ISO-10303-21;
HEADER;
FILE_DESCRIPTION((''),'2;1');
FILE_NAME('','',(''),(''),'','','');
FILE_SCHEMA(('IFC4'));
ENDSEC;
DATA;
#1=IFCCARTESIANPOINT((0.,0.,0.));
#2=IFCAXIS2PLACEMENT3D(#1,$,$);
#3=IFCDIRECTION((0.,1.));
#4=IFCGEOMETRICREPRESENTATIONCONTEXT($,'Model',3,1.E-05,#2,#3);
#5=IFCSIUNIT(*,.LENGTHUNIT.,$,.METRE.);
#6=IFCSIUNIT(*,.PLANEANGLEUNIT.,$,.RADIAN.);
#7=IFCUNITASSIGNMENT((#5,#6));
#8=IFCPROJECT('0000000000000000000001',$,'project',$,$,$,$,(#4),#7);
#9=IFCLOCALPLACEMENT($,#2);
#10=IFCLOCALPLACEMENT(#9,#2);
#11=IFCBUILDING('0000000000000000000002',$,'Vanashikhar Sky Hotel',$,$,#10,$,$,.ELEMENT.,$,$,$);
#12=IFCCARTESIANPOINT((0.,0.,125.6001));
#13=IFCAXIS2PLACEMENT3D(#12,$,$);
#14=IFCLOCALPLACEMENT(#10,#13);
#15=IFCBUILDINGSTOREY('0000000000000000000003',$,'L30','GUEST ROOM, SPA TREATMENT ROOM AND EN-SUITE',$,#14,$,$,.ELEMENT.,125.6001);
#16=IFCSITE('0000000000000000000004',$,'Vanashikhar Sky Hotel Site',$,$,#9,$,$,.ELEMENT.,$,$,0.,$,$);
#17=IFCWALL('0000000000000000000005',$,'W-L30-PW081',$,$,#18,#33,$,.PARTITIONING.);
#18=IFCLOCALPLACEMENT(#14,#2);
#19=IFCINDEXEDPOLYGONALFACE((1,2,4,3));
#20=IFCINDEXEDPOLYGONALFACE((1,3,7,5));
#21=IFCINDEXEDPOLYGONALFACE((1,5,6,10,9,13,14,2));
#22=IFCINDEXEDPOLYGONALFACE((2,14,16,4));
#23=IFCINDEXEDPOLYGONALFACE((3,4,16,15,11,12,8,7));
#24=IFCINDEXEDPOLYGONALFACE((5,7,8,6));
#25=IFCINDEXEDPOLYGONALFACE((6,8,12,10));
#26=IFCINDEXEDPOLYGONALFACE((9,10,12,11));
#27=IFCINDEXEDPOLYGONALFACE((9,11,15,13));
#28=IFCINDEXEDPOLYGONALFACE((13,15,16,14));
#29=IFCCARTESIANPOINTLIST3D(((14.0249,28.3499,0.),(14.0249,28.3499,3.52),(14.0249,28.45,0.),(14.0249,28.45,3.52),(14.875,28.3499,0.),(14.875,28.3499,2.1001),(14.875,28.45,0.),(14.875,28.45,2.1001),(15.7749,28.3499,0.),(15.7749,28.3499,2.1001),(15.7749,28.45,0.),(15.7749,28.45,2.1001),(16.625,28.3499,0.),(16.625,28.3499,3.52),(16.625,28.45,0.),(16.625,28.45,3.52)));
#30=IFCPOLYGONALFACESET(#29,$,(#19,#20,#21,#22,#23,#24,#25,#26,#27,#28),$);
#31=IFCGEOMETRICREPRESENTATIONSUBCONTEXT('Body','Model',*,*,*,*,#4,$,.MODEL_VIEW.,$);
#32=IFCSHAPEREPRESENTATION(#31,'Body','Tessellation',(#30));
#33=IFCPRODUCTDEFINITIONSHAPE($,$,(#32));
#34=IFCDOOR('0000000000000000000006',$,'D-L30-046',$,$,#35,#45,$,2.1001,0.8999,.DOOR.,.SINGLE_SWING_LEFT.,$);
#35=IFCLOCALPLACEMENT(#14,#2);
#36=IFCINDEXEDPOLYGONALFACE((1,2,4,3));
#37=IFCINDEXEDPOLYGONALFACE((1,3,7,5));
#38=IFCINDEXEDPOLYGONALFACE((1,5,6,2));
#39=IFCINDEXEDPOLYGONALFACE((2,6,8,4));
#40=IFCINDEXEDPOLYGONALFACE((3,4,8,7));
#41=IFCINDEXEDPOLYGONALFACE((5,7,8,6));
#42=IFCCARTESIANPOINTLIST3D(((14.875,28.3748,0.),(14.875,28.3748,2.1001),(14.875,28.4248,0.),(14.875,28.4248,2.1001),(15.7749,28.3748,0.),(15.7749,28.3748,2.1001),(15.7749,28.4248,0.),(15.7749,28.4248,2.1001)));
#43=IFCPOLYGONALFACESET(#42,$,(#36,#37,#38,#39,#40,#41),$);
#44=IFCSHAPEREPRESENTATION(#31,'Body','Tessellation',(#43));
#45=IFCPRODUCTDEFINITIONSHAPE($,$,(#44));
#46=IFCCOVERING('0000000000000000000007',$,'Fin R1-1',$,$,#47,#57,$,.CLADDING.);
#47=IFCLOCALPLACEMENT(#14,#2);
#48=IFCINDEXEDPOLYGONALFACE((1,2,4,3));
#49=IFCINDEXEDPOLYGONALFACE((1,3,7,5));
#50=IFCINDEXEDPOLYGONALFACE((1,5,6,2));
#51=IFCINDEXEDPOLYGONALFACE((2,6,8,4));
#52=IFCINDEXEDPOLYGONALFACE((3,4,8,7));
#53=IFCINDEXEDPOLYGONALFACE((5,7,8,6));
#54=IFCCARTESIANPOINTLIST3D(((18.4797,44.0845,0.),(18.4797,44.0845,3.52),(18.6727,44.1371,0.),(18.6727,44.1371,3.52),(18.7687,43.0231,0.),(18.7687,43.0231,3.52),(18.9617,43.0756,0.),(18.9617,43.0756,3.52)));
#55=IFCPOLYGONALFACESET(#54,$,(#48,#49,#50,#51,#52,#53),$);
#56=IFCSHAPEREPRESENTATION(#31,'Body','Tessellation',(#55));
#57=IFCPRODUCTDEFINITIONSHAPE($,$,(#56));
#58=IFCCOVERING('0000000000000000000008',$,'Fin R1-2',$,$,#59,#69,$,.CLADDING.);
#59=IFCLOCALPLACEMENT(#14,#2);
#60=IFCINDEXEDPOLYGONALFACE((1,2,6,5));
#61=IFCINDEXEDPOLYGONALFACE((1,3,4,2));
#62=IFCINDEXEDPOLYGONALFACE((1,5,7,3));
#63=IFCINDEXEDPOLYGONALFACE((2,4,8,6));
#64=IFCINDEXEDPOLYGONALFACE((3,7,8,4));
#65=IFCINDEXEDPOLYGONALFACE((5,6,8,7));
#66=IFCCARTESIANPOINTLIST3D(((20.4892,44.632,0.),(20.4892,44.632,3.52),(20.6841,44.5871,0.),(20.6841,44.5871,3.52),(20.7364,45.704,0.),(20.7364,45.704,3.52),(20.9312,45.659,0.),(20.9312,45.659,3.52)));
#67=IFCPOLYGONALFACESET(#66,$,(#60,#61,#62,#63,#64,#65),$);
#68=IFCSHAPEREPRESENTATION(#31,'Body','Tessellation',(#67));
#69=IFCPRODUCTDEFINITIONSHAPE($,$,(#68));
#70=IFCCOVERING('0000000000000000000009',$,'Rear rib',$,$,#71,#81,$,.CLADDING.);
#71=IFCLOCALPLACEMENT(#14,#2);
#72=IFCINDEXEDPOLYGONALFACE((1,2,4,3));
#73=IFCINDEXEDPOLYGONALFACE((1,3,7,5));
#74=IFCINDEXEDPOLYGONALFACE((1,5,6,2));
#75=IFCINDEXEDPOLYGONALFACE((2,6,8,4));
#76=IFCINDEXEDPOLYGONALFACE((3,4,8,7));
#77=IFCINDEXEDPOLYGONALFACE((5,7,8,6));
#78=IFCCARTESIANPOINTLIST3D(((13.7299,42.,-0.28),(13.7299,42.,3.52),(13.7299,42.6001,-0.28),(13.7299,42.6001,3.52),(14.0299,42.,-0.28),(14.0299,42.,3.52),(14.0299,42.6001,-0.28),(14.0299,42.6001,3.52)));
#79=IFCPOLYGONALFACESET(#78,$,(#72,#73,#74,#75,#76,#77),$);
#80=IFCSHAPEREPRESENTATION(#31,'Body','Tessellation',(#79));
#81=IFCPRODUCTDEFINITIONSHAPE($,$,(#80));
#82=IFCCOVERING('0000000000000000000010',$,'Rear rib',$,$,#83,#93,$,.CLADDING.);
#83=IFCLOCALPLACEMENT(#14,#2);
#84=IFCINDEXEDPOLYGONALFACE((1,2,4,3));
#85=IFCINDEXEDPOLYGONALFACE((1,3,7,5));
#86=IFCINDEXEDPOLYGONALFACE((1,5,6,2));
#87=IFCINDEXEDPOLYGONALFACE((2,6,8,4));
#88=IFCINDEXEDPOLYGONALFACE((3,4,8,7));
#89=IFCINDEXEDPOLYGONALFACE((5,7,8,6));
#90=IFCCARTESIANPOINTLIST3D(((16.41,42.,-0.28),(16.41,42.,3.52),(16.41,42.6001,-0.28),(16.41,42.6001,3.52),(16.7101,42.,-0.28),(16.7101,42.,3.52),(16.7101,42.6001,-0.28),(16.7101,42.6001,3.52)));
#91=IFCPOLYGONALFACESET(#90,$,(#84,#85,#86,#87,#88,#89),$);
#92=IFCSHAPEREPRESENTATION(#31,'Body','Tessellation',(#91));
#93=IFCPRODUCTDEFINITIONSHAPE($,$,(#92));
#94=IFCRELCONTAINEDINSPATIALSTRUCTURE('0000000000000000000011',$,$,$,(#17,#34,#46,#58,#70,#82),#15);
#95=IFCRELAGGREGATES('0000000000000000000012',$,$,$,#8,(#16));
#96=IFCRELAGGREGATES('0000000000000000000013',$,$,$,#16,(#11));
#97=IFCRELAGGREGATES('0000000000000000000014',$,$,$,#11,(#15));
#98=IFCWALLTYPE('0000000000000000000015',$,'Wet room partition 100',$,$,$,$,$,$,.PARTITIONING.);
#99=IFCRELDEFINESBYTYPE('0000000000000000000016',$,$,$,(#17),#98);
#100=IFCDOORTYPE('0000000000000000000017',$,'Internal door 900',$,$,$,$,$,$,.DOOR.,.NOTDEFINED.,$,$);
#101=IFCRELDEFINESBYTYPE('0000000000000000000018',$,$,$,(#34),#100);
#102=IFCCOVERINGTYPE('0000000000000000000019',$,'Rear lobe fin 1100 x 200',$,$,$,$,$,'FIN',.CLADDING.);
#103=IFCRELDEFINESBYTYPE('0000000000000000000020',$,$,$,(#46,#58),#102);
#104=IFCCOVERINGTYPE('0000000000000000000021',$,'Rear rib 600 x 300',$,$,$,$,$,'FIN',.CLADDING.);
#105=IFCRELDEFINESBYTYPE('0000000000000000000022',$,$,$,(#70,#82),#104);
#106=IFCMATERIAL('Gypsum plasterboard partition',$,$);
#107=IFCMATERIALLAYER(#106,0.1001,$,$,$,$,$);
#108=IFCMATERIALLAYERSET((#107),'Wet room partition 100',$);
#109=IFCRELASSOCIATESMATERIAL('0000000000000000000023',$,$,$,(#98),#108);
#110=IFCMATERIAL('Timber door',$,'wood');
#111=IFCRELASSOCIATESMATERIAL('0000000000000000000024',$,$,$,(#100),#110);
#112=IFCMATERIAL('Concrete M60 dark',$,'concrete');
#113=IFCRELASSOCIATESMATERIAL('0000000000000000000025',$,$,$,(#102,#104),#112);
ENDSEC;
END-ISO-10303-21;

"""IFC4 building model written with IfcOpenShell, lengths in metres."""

from ifc_helpers import new_model, si_unit, direction, frame, frame_2d, origin, origin_2d, place, context, subcontext, project, spatial, rectangle, extrude, source, transform, mapped, material, layer, layer_set, material_profile, profile_set, type_object, element, fill, save


model = new_model("IFC4")

# Units and contexts
model_context = context("Model", 3, precision=1e-05, world=origin(), true_north=direction((0.0, 1.0)))
body_context = subcontext(model_context, "Body", "Model", "MODEL_VIEW")
ifc_project = project(units=[si_unit("LENGTHUNIT", "METRE"), si_unit("PLANEANGLEUNIT", "RADIAN")], contexts=[model_context])

# Site, building, storey
site_placement = place(None, origin())
site = spatial("IfcSite", under=ifc_project, at=site_placement, Name="Vanashikhar Sky Hotel Site", CompositionType="ELEMENT", RefElevation=0.0)
building_placement = place(site_placement, origin())
building = spatial("IfcBuilding", under=site, at=building_placement, Name="Vanashikhar Sky Hotel", CompositionType="ELEMENT")
storey_placement = place(building_placement, frame((0.0, 0.0, 125.6001)))
storey = spatial("IfcBuildingStorey", under=building, at=storey_placement, Name="L30", Description="GUEST ROOM, SPA TREATMENT ROOM AND EN-SUITE", CompositionType="ELEMENT", Elevation=125.6001)

# Wall, opening, door
ifc_material_1 = material(Name="Gypsum plasterboard partition")
ifc_layer_1 = layer(ifc_material_1, 0.1001)
ifc_layer_set_1 = layer_set([ifc_layer_1], Name="Wet room partition 100")
wall_type_1 = type_object("IfcWallType", Name="Wet room partition 100", PredefinedType="PARTITIONING", material=ifc_layer_set_1)
shared_shape_1 = source(origin(), body_context, "Body", "SweptSolid", [
    extrude(rectangle(XDim=2.6001, YDim=0.1001, at=frame_2d((1.3, 0.0))), origin(), (0.0, 0.0, 1.0), 3.52),
])
wall_1_placement = place(storey_placement, frame((14.0249, 28.3999, 0.0), z_axis=(0.0, 0.0, 1.0), x_axis=(1.0, 0.0, 0.0)))
wall_1 = element("IfcWall", 1, at=wall_1_placement, inside=storey, type_object=wall_type_1, Name="W-L30-PW081", PredefinedType="PARTITIONING", context=body_context, shape_type="MappedRepresentation", body=[
    mapped(shared_shape_1, transform((0.0, 0.0, 0.0), scale=1.0)),
])
shared_shape_2 = source(origin(), body_context, "Body", "SweptSolid", [
    extrude(rectangle(XDim=0.8999, YDim=2.1001, at=frame_2d((0.45, 1.05))), frame((0.0, 0.0601, 0.0), z_axis=(0.0, -1.0, 0.0), x_axis=(1.0, 0.0, 0.0)), (0.0, 0.0, 1.0), 0.1201),
])
opening_1_placement = place(wall_1_placement, frame((0.8501, 0.0, 0.0)))
opening_1 = element("IfcOpeningElement", 2, at=opening_1_placement, cuts=wall_1, PredefinedType="OPENING", context=body_context, shape_type="MappedRepresentation", body=[
    mapped(shared_shape_2, transform((0.0, 0.0, 0.0), scale=1.0)),
])
ifc_material_2 = material(Name="Timber door", Category="wood")
door_type_1 = type_object("IfcDoorType", Name="Internal door 900", OperationType="NOTDEFINED", PredefinedType="DOOR", material=ifc_material_2)
shared_shape_3 = source(origin(), body_context, "Body", "SweptSolid", [
    extrude(rectangle(XDim=0.8999, YDim=2.1001, at=frame_2d((0.45, 1.05))), frame((0.0, 0.0249, 0.0), z_axis=(0.0, -1.0, 0.0), x_axis=(1.0, 0.0, 0.0)), (0.0, 0.0, 1.0), 0.05),
])
door_1_placement = place(opening_1_placement, origin())
door_1 = element("IfcDoor", 3, at=door_1_placement, inside=storey, type_object=door_type_1, Name="D-L30-046", OperationType="SINGLE_SWING_LEFT", OverallHeight=2.1001, OverallWidth=0.8999, PredefinedType="DOOR", context=body_context, shape_type="MappedRepresentation", body=[
    mapped(shared_shape_3, transform((0.0, 0.0, 0.0), scale=1.0)),
])
fill(opening_1, door_1)

# Coverings
ifc_material_3 = material(Name="Concrete M60 dark", Category="concrete")
ifc_material_profile_1 = material_profile(ifc_material_3, rectangle(XDim=1.1001, YDim=0.2, at=origin_2d()))
ifc_profile_set_1 = profile_set([ifc_material_profile_1], Name="Rear lobe fin 1100 x 200")
covering_type_1 = type_object("IfcCoveringType", Name="Rear lobe fin 1100 x 200", ElementType="FIN", PredefinedType="CLADDING", material=ifc_profile_set_1)
shared_shape_4 = source(origin(), body_context, "Body", "SweptSolid", [
    extrude(rectangle(XDim=1.1001, YDim=0.2, at=origin_2d()), origin(), (0.0, 0.0, 1.0), 3.52),
])
for number, where, z_axis, x_axis, name in (
    (4, (18.7207, 43.5801, 0.0), (0.0, 0.0, 1.0), (-0.262711, 0.964874, 0.0), "Fin R1-1"),
    (5, (20.7102, 45.1455, 0.0), (0.0, 0.0, 1.0), (0.224645, 0.974441, 0.0), "Fin R1-2"),
):
    element("IfcCovering", number, at=place(storey_placement, frame(where, z_axis=z_axis, x_axis=x_axis)), inside=storey, type_object=covering_type_1, Name=name, PredefinedType="CLADDING", context=body_context, shape_type="MappedRepresentation", body=[
        mapped(shared_shape_4, transform((0.0, 0.0, 0.0), scale=1.0)),
    ])
ifc_material_profile_2 = material_profile(ifc_material_3, rectangle(XDim=0.6001, YDim=0.3, at=origin_2d()))
ifc_profile_set_2 = profile_set([ifc_material_profile_2], Name="Rear rib 600 x 300")
covering_type_2 = type_object("IfcCoveringType", Name="Rear rib 600 x 300", ElementType="FIN", PredefinedType="CLADDING", material=ifc_profile_set_2)
shared_shape_5 = source(origin(), body_context, "Body", "SweptSolid", [
    extrude(rectangle(XDim=0.6001, YDim=0.3, at=origin_2d()), origin(), (0.0, 0.0, 1.0), 3.8),
])
for number, where, z_axis, x_axis, name in (
    (6, (13.8799, 42.3, -0.28), (0.0, 0.0, 1.0), (0.0, 1.0, 0.0), "Rear rib"),
    (7, (16.5601, 42.3, -0.28), (0.0, 0.0, 1.0), (0.0, 1.0, 0.0), "Rear rib"),
):
    element("IfcCovering", number, at=place(storey_placement, frame(where, z_axis=z_axis, x_axis=x_axis)), inside=storey, type_object=covering_type_2, Name=name, PredefinedType="CLADDING", context=body_context, shape_type="MappedRepresentation", body=[
        mapped(shared_shape_5, transform((0.0, 0.0, 0.0), scale=1.0)),
    ])

save(model, "model.ifc")
